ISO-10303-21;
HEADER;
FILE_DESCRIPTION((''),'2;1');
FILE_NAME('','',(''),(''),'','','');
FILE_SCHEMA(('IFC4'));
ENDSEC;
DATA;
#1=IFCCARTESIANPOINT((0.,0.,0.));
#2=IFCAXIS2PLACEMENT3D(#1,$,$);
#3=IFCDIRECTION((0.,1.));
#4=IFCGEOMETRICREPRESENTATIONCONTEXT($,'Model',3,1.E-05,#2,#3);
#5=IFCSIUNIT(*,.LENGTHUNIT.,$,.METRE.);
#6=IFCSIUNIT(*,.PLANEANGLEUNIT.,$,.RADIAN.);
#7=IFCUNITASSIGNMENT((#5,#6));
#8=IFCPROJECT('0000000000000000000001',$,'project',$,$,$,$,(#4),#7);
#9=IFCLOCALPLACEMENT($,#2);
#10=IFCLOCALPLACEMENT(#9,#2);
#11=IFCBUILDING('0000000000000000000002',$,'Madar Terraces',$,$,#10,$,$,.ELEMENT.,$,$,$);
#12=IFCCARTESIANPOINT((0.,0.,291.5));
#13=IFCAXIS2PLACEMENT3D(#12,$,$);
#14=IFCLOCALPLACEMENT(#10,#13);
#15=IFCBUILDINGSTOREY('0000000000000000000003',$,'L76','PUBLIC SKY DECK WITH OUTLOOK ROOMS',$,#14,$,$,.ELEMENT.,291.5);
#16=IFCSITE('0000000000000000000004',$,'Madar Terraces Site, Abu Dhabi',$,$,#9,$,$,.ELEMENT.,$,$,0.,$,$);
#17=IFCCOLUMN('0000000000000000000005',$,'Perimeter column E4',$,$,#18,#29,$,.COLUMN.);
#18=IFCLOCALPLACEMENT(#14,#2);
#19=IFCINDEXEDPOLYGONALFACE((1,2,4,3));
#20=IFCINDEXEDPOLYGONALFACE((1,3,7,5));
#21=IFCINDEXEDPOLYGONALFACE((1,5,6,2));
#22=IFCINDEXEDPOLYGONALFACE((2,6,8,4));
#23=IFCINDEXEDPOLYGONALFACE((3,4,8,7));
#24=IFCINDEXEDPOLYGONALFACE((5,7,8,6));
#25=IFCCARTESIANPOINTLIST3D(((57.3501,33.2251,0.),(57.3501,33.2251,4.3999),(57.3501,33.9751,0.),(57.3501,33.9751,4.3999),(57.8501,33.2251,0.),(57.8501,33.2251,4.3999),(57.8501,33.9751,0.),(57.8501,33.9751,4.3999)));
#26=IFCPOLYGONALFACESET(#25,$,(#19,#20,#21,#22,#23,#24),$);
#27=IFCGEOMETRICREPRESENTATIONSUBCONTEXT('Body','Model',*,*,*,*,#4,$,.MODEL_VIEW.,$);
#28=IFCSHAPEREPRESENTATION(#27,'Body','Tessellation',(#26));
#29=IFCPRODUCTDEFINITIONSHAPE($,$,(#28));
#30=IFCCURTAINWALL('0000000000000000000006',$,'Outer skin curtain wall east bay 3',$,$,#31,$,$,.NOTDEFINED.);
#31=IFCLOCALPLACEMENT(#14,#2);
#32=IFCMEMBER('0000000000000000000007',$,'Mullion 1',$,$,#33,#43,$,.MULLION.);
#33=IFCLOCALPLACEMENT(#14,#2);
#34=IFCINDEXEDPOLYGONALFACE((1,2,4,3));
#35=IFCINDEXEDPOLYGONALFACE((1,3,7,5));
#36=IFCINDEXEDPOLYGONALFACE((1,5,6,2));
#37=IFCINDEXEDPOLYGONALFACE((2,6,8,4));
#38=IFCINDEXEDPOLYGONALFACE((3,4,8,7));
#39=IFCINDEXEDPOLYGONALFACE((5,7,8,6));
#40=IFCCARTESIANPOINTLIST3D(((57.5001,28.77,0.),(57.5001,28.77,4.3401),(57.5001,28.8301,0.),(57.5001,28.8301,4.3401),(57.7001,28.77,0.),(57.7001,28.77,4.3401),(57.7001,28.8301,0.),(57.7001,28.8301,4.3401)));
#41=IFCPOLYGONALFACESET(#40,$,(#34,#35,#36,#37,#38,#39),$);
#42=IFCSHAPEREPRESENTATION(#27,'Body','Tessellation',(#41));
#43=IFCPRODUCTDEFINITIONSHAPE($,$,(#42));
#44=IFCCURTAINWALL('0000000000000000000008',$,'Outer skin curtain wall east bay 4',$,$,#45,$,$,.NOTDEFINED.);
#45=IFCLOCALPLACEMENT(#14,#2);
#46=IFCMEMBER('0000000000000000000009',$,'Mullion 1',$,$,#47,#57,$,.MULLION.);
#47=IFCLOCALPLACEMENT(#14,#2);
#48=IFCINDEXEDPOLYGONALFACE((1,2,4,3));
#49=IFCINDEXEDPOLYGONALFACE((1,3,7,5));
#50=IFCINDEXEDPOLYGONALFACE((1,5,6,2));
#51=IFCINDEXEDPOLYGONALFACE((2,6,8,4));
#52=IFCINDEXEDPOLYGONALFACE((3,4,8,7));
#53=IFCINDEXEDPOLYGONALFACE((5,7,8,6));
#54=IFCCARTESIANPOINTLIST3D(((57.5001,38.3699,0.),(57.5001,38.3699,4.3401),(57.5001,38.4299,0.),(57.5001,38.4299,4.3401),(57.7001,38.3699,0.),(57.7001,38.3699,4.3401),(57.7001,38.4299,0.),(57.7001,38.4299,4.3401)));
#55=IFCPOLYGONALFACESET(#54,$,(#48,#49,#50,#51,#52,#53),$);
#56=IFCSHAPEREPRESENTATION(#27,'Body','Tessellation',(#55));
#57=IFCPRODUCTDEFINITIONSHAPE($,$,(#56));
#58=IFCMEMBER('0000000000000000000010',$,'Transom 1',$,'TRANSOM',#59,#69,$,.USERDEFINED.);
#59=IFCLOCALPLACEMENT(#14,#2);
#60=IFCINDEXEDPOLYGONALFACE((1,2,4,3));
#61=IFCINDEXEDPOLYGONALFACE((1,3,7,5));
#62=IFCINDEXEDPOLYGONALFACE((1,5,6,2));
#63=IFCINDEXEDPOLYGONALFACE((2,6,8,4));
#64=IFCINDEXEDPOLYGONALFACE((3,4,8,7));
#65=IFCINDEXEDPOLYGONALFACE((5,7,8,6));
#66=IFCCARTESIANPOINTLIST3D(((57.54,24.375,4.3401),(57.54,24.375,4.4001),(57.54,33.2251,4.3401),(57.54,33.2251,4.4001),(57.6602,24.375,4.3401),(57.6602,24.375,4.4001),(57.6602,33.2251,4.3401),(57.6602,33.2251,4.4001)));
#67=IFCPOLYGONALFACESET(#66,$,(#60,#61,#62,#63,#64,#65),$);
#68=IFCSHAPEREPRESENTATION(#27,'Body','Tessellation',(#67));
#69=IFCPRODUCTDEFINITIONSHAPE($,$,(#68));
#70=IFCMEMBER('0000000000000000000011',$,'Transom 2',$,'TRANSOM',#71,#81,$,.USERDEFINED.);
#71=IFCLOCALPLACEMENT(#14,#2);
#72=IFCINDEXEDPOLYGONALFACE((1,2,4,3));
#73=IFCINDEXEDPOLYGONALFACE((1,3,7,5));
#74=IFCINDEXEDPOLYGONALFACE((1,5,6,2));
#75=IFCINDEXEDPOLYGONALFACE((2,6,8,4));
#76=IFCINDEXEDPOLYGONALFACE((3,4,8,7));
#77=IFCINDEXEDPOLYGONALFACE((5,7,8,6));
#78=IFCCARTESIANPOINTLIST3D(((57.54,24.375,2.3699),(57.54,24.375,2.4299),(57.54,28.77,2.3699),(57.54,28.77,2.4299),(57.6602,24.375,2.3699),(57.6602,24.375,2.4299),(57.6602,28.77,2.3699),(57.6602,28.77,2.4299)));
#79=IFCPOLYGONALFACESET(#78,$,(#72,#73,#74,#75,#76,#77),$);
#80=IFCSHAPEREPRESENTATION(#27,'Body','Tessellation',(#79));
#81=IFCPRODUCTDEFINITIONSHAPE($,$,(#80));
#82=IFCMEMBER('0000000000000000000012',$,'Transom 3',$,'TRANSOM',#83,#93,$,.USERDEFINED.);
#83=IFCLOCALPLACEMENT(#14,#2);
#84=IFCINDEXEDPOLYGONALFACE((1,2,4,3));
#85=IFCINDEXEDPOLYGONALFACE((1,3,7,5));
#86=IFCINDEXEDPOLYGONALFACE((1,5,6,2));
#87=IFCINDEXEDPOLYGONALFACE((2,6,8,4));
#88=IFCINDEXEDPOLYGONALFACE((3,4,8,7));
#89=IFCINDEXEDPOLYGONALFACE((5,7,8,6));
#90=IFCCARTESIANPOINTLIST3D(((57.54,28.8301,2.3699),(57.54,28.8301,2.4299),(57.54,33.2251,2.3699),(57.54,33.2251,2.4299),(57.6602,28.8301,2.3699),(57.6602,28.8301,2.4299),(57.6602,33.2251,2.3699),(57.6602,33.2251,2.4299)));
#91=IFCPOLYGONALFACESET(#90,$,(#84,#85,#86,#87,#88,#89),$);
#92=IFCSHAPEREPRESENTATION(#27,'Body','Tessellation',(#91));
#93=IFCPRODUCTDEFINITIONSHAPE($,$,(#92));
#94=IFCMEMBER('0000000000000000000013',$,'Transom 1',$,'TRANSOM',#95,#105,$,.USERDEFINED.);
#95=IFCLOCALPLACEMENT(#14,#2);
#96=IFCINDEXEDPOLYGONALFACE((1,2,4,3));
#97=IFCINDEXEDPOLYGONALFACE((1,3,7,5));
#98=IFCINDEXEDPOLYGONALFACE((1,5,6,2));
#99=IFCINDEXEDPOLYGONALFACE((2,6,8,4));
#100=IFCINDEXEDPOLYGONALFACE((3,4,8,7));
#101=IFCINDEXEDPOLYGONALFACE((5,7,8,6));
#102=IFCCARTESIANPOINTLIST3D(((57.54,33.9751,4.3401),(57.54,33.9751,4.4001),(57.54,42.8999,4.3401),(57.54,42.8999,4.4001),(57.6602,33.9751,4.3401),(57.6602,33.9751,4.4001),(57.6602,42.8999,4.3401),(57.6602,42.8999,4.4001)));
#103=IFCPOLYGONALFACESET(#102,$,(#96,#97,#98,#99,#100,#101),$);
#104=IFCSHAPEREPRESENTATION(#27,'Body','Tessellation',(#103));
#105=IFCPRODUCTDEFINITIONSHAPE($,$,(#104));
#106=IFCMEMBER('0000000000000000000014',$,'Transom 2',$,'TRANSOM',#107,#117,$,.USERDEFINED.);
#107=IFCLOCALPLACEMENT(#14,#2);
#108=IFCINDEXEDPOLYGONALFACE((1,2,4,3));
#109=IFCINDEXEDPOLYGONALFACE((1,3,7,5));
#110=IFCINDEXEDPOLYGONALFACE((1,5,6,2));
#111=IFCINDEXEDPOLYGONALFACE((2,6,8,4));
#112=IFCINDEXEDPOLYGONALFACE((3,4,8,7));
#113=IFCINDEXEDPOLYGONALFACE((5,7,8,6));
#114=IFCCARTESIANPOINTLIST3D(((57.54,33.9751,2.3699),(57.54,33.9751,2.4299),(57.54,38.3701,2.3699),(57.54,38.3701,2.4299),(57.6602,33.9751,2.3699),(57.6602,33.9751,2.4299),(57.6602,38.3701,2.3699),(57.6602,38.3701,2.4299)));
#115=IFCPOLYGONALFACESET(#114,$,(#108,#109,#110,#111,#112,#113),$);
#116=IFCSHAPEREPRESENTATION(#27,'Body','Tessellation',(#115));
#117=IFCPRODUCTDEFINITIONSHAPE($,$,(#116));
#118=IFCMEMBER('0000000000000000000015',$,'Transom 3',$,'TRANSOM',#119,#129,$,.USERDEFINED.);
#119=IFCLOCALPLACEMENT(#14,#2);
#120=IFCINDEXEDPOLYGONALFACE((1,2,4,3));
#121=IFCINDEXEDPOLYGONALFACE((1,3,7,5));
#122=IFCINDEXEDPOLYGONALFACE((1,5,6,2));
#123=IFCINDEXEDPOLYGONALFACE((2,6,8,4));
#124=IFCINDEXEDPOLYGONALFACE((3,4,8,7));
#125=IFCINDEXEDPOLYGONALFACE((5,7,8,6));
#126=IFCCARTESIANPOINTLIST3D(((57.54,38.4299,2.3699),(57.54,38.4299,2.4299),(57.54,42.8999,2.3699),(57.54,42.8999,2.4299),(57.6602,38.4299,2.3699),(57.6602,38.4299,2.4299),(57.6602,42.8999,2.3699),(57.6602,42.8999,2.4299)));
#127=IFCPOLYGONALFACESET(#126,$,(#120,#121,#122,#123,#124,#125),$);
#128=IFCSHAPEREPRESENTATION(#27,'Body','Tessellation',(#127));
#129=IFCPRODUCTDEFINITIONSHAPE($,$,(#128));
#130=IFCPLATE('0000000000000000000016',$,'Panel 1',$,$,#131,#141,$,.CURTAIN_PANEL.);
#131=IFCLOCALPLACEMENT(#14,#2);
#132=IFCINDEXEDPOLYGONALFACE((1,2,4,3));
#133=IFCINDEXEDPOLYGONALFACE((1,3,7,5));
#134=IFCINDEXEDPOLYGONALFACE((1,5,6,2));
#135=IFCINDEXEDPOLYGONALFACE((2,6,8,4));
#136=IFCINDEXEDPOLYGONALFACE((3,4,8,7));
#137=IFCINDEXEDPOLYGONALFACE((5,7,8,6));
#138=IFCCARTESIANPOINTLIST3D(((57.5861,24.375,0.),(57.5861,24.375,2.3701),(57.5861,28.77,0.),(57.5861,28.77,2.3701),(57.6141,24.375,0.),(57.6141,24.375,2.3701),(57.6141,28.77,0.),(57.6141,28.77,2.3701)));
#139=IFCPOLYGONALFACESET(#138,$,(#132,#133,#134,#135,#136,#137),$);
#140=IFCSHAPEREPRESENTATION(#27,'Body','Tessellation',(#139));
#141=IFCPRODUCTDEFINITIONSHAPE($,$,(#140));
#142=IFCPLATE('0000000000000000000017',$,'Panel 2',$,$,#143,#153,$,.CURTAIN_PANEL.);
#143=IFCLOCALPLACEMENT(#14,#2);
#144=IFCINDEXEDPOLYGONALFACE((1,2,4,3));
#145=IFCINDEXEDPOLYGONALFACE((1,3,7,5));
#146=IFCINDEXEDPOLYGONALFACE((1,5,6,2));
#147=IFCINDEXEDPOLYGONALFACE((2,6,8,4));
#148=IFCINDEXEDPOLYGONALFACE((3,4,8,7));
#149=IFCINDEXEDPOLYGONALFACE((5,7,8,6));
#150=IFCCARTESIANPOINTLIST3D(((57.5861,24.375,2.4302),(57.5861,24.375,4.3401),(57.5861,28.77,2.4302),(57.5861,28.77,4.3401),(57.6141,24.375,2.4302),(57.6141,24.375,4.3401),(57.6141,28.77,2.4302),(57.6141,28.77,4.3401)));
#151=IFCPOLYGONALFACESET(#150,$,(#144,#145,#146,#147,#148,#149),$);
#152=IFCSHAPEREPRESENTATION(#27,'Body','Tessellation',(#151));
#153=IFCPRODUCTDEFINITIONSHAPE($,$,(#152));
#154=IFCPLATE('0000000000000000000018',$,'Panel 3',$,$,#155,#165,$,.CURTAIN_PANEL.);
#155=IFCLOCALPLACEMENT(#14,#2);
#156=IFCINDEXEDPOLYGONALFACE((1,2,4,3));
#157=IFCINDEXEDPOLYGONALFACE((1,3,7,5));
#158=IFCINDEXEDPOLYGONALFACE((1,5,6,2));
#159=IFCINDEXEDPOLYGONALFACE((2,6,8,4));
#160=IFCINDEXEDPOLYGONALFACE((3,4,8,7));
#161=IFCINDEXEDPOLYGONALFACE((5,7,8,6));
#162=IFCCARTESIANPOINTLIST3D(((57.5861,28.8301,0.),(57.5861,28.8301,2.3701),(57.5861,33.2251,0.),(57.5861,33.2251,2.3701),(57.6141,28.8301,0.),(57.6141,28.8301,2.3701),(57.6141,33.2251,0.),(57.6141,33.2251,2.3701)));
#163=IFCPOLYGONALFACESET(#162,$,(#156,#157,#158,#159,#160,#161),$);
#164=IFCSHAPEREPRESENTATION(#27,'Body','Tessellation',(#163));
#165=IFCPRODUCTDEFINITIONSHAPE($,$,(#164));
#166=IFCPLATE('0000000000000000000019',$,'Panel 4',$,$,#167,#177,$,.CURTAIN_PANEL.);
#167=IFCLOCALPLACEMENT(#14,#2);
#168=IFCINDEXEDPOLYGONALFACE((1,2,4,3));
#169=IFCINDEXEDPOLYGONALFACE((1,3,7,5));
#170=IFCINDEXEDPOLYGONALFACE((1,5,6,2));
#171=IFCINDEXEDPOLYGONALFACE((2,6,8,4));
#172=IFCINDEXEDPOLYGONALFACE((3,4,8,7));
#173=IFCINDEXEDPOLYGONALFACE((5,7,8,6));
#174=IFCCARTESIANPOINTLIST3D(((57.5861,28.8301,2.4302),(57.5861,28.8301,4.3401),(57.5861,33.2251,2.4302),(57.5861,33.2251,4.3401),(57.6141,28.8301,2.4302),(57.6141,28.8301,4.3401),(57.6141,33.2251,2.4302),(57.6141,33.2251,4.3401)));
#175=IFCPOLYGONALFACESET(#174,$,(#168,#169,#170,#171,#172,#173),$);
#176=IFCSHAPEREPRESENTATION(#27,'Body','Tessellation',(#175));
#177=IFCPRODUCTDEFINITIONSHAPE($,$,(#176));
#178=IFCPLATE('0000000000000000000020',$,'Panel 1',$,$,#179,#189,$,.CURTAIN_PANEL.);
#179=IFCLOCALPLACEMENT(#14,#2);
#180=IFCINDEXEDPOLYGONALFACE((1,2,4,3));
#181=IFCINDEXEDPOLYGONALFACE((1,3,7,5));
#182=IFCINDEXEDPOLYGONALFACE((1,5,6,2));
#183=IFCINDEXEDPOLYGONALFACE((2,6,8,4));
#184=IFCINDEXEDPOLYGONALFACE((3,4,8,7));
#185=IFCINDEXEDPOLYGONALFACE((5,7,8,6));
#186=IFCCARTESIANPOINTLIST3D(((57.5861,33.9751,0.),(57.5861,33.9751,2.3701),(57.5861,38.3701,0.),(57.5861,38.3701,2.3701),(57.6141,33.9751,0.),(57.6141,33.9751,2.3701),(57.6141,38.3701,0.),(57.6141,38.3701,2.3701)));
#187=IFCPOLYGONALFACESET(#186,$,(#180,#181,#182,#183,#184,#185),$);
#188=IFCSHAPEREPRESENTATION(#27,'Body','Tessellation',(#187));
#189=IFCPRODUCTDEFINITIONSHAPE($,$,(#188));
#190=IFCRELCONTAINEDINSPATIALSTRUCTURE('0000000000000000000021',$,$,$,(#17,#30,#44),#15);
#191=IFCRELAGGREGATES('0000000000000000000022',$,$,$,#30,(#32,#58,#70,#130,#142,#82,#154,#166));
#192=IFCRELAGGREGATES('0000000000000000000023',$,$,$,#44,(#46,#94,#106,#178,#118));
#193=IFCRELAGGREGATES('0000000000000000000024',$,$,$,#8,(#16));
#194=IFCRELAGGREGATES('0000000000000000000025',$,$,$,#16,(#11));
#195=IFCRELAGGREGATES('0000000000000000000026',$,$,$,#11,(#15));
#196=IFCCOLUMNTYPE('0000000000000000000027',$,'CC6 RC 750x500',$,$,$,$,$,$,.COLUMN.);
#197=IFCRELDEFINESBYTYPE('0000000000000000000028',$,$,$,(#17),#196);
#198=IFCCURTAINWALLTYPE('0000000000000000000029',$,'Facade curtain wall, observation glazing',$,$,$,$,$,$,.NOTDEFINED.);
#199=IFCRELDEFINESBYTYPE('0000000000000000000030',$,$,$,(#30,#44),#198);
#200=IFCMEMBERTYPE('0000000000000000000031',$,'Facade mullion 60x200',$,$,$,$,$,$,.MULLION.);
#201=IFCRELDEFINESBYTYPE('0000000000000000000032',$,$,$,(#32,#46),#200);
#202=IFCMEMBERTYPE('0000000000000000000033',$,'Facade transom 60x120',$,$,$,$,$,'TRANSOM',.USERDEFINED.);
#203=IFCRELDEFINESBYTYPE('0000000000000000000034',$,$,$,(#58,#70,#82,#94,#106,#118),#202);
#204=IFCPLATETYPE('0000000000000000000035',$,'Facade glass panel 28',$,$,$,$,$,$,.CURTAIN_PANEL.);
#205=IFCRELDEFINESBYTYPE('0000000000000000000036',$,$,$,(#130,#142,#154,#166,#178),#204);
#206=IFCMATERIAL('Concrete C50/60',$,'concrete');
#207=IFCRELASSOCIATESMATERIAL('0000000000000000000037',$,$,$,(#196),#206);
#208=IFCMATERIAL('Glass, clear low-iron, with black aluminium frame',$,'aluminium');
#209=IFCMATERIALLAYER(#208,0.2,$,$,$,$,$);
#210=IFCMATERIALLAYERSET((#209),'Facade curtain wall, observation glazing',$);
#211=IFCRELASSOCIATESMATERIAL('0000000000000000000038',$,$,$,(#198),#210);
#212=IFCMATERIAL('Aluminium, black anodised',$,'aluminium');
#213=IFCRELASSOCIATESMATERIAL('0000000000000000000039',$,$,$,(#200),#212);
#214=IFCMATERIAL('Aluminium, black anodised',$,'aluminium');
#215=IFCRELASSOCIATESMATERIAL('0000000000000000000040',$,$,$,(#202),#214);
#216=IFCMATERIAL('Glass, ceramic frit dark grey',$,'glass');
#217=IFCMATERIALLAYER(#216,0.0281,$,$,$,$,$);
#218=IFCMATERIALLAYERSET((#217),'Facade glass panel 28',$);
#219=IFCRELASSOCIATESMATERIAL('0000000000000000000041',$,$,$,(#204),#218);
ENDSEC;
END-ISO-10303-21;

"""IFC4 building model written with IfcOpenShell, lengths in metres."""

from ifc_helpers import new_model, si_unit, direction, frame, origin, origin_2d, place, context, subcontext, project, spatial, rectangle, extrude, material, layer, layer_set, material_profile, profile_set, type_object, element, aggregate, save


model = new_model("IFC4")

# Units and contexts
model_context = context("Model", 3, precision=1e-05, world=origin(), true_north=direction((0.0, 1.0)))
body_context = subcontext(model_context, "Body", "Model", "MODEL_VIEW")
ifc_project = project(units=[si_unit("LENGTHUNIT", "METRE"), si_unit("PLANEANGLEUNIT", "RADIAN")], contexts=[model_context])

# Site, building, storey
site_placement = place(None, origin())
site = spatial("IfcSite", under=ifc_project, at=site_placement, Name="Madar Terraces Site, Abu Dhabi", CompositionType="ELEMENT", RefElevation=0.0)
building_placement = place(site_placement, origin())
building = spatial("IfcBuilding", under=site, at=building_placement, Name="Madar Terraces", CompositionType="ELEMENT")
storey_placement = place(building_placement, frame((0.0, 0.0, 291.5)))
storey = spatial("IfcBuildingStorey", under=building, at=storey_placement, Name="L76", Description="PUBLIC SKY DECK WITH OUTLOOK ROOMS", CompositionType="ELEMENT", Elevation=291.5)

# Column
ifc_material_1 = material(Name="Concrete C50/60", Category="concrete")
ifc_material_profile_1 = material_profile(ifc_material_1, rectangle(XDim=0.75, YDim=0.5, at=origin_2d()), Name="CC6 RC 750x500")
ifc_profile_set_1 = profile_set([ifc_material_profile_1], Name="Concrete C50/60")
column_type = type_object("IfcColumnType", Name="CC6 RC 750x500", PredefinedType="COLUMN", material=ifc_profile_set_1)
column_placement = place(storey_placement, frame((57.6001, 33.6001, 0.0), z_axis=(0.0, 0.0, 1.0), x_axis=(0.0, 1.0, 0.0)))
element("IfcColumn", 1, at=column_placement, inside=storey, type_object=column_type, Name="Perimeter column E4", PredefinedType="COLUMN", context=body_context, shape_type="SweptSolid", body=[
    extrude(rectangle(XDim=0.75, YDim=0.5, at=origin_2d()), origin(), (0.0, 0.0, 1.0), 4.3999),
])

# Curtain walls, members
ifc_material_2 = material(Name="Glass, clear low-iron, with black aluminium frame", Category="aluminium")
ifc_layer_1 = layer(ifc_material_2, 0.2)
ifc_layer_set_1 = layer_set([ifc_layer_1], Name="Facade curtain wall, observation glazing")
curtain_wall_type = type_object("IfcCurtainWallType", Name="Facade curtain wall, observation glazing", PredefinedType="NOTDEFINED", material=ifc_layer_set_1)
curtain_wall_1_placement = place(storey_placement, origin())
curtain_wall_1 = element("IfcCurtainWall", 2, at=curtain_wall_1_placement, inside=storey, type_object=curtain_wall_type, Name="Outer skin curtain wall east bay 3", PredefinedType="NOTDEFINED")
ifc_material_3 = material(Name="Aluminium, black anodised", Category="aluminium")
ifc_material_profile_2 = material_profile(ifc_material_3, rectangle(XDim=0.2, YDim=0.0601, at=origin_2d()), Name="Facade mullion 60x200")
ifc_profile_set_2 = profile_set([ifc_material_profile_2], Name="Aluminium, black anodised")
member_type_1 = type_object("IfcMemberType", Name="Facade mullion 60x200", PredefinedType="MULLION", material=ifc_profile_set_2)
member_1_placement = place(storey_placement, frame((57.6001, 28.8, 0.0), z_axis=(0.0, 0.0, 1.0), x_axis=(-1.0, 0.0, 0.0)))
member_1 = element("IfcMember", 3, at=member_1_placement, type_object=member_type_1, Name="Mullion 1", PredefinedType="MULLION", context=body_context, shape_type="SweptSolid", body=[
    extrude(rectangle(XDim=0.2, YDim=0.0601, at=origin_2d()), origin(), (0.0, 0.0, 1.0), 4.3401),
])
curtain_wall_2_placement = place(storey_placement, origin())
curtain_wall_2 = element("IfcCurtainWall", 4, at=curtain_wall_2_placement, inside=storey, type_object=curtain_wall_type, Name="Outer skin curtain wall east bay 4", PredefinedType="NOTDEFINED")
member_2_placement = place(storey_placement, frame((57.6001, 38.3999, 0.0), z_axis=(0.0, 0.0, 1.0), x_axis=(-1.0, 0.0, 0.0)))
member_2 = element("IfcMember", 5, at=member_2_placement, type_object=member_type_1, Name="Mullion 1", PredefinedType="MULLION", context=body_context, shape_type="SweptSolid", body=[
    extrude(rectangle(XDim=0.2, YDim=0.0601, at=origin_2d()), origin(), (0.0, 0.0, 1.0), 4.3401),
])

# Members
ifc_material_4 = material(Name="Aluminium, black anodised", Category="aluminium")
ifc_material_profile_3 = material_profile(ifc_material_4, rectangle(XDim=0.1201, YDim=0.0601, at=origin_2d()), Name="Facade transom 60x120")
ifc_profile_set_3 = profile_set([ifc_material_profile_3], Name="Aluminium, black anodised")
member_type_2 = type_object("IfcMemberType", Name="Facade transom 60x120", ElementType="TRANSOM", PredefinedType="USERDEFINED", material=ifc_profile_set_3)
member_3_placement = place(storey_placement, frame((57.6001, 24.375, 4.3701), z_axis=(0.0, 1.0, 0.0), x_axis=(-1.0, 0.0, 0.0)))
member_3 = element("IfcMember", 6, at=member_3_placement, type_object=member_type_2, Name="Transom 1", ObjectType="TRANSOM", PredefinedType="USERDEFINED", context=body_context, shape_type="SweptSolid", body=[
    extrude(rectangle(XDim=0.1201, YDim=0.0601, at=origin_2d()), origin(), (0.0, 0.0, 1.0), 8.8501),
])
member_4_placement = place(storey_placement, frame((57.6001, 24.375, 2.3999), z_axis=(0.0, 1.0, 0.0), x_axis=(-1.0, 0.0, 0.0)))
member_4 = element("IfcMember", 7, at=member_4_placement, type_object=member_type_2, Name="Transom 2", ObjectType="TRANSOM", PredefinedType="USERDEFINED", context=body_context, shape_type="SweptSolid", body=[
    extrude(rectangle(XDim=0.1201, YDim=0.0601, at=origin_2d()), origin(), (0.0, 0.0, 1.0), 4.395),
])
member_5_placement = place(storey_placement, frame((57.6001, 28.8301, 2.3999), z_axis=(0.0, 1.0, 0.0), x_axis=(-1.0, 0.0, 0.0)))
member_5 = element("IfcMember", 8, at=member_5_placement, type_object=member_type_2, Name="Transom 3", ObjectType="TRANSOM", PredefinedType="USERDEFINED", context=body_context, shape_type="SweptSolid", body=[
    extrude(rectangle(XDim=0.1201, YDim=0.0601, at=origin_2d()), origin(), (0.0, 0.0, 1.0), 4.395),
])
member_6_placement = place(storey_placement, frame((57.6001, 33.9751, 4.3701), z_axis=(0.0, 1.0, 0.0), x_axis=(-1.0, 0.0, 0.0)))
member_6 = element("IfcMember", 9, at=member_6_placement, type_object=member_type_2, Name="Transom 1", ObjectType="TRANSOM", PredefinedType="USERDEFINED", context=body_context, shape_type="SweptSolid", body=[
    extrude(rectangle(XDim=0.1201, YDim=0.0601, at=origin_2d()), origin(), (0.0, 0.0, 1.0), 8.9248),
])
member_7_placement = place(storey_placement, frame((57.6001, 33.9751, 2.3999), z_axis=(0.0, 1.0, 0.0), x_axis=(-1.0, 0.0, 0.0)))
member_7 = element("IfcMember", 10, at=member_7_placement, type_object=member_type_2, Name="Transom 2", ObjectType="TRANSOM", PredefinedType="USERDEFINED", context=body_context, shape_type="SweptSolid", body=[
    extrude(rectangle(XDim=0.1201, YDim=0.0601, at=origin_2d()), origin(), (0.0, 0.0, 1.0), 4.395),
])
member_8_placement = place(storey_placement, frame((57.6001, 38.4299, 2.3999), z_axis=(0.0, 1.0, 0.0), x_axis=(-1.0, 0.0, 0.0)))
member_8 = element("IfcMember", 11, at=member_8_placement, type_object=member_type_2, Name="Transom 3", ObjectType="TRANSOM", PredefinedType="USERDEFINED", context=body_context, shape_type="SweptSolid", body=[
    extrude(rectangle(XDim=0.1201, YDim=0.0601, at=origin_2d()), origin(), (0.0, 0.0, 1.0), 4.47),
])

# Plates
ifc_material_5 = material(Name="Glass, ceramic frit dark grey", Category="glass")
ifc_layer_2 = layer(ifc_material_5, 0.0281)
ifc_layer_set_2 = layer_set([ifc_layer_2], Name="Facade glass panel 28")
plate_type = type_object("IfcPlateType", Name="Facade glass panel 28", PredefinedType="CURTAIN_PANEL", material=ifc_layer_set_2)
plate_1_placement = place(storey_placement, frame((57.6001, 26.5725, 0.0), z_axis=(0.0, 0.0, 1.0), x_axis=(0.0, 1.0, 0.0)))
plate_1 = element("IfcPlate", 12, at=plate_1_placement, type_object=plate_type, Name="Panel 1", PredefinedType="CURTAIN_PANEL", context=body_context, shape_type="SweptSolid", body=[
    extrude(rectangle(XDim=4.395, YDim=0.0281, at=origin_2d()), origin(), (0.0, 0.0, 1.0), 2.3701),
])
plate_2_placement = place(storey_placement, frame((57.6001, 26.5725, 2.4302), z_axis=(0.0, 0.0, 1.0), x_axis=(0.0, 1.0, 0.0)))
plate_2 = element("IfcPlate", 13, at=plate_2_placement, type_object=plate_type, Name="Panel 2", PredefinedType="CURTAIN_PANEL", context=body_context, shape_type="SweptSolid", body=[
    extrude(rectangle(XDim=4.395, YDim=0.0281, at=origin_2d()), origin(), (0.0, 0.0, 1.0), 1.9099),
])
plate_3_placement = place(storey_placement, frame((57.6001, 31.0276, 0.0), z_axis=(0.0, 0.0, 1.0), x_axis=(0.0, 1.0, 0.0)))
plate_3 = element("IfcPlate", 14, at=plate_3_placement, type_object=plate_type, Name="Panel 3", PredefinedType="CURTAIN_PANEL", context=body_context, shape_type="SweptSolid", body=[
    extrude(rectangle(XDim=4.395, YDim=0.0281, at=origin_2d()), origin(), (0.0, 0.0, 1.0), 2.3701),
])
plate_4_placement = place(storey_placement, frame((57.6001, 31.0276, 2.4302), z_axis=(0.0, 0.0, 1.0), x_axis=(0.0, 1.0, 0.0)))
plate_4 = element("IfcPlate", 15, at=plate_4_placement, type_object=plate_type, Name="Panel 4", PredefinedType="CURTAIN_PANEL", context=body_context, shape_type="SweptSolid", body=[
    extrude(rectangle(XDim=4.395, YDim=0.0281, at=origin_2d()), origin(), (0.0, 0.0, 1.0), 1.9099),
])
aggregate(curtain_wall_1, [member_1, member_3, member_4, plate_1, plate_2, member_5, plate_3, plate_4])
plate_5_placement = place(storey_placement, frame((57.6001, 36.1726, 0.0), z_axis=(0.0, 0.0, 1.0), x_axis=(0.0, 1.0, 0.0)))
plate_5 = element("IfcPlate", 16, at=plate_5_placement, type_object=plate_type, Name="Panel 1", PredefinedType="CURTAIN_PANEL", context=body_context, shape_type="SweptSolid", body=[
    extrude(rectangle(XDim=4.395, YDim=0.0281, at=origin_2d()), origin(), (0.0, 0.0, 1.0), 2.3701),
])
aggregate(curtain_wall_2, [member_2, member_6, member_7, plate_5, member_8])

save(model, "model.ifc")
